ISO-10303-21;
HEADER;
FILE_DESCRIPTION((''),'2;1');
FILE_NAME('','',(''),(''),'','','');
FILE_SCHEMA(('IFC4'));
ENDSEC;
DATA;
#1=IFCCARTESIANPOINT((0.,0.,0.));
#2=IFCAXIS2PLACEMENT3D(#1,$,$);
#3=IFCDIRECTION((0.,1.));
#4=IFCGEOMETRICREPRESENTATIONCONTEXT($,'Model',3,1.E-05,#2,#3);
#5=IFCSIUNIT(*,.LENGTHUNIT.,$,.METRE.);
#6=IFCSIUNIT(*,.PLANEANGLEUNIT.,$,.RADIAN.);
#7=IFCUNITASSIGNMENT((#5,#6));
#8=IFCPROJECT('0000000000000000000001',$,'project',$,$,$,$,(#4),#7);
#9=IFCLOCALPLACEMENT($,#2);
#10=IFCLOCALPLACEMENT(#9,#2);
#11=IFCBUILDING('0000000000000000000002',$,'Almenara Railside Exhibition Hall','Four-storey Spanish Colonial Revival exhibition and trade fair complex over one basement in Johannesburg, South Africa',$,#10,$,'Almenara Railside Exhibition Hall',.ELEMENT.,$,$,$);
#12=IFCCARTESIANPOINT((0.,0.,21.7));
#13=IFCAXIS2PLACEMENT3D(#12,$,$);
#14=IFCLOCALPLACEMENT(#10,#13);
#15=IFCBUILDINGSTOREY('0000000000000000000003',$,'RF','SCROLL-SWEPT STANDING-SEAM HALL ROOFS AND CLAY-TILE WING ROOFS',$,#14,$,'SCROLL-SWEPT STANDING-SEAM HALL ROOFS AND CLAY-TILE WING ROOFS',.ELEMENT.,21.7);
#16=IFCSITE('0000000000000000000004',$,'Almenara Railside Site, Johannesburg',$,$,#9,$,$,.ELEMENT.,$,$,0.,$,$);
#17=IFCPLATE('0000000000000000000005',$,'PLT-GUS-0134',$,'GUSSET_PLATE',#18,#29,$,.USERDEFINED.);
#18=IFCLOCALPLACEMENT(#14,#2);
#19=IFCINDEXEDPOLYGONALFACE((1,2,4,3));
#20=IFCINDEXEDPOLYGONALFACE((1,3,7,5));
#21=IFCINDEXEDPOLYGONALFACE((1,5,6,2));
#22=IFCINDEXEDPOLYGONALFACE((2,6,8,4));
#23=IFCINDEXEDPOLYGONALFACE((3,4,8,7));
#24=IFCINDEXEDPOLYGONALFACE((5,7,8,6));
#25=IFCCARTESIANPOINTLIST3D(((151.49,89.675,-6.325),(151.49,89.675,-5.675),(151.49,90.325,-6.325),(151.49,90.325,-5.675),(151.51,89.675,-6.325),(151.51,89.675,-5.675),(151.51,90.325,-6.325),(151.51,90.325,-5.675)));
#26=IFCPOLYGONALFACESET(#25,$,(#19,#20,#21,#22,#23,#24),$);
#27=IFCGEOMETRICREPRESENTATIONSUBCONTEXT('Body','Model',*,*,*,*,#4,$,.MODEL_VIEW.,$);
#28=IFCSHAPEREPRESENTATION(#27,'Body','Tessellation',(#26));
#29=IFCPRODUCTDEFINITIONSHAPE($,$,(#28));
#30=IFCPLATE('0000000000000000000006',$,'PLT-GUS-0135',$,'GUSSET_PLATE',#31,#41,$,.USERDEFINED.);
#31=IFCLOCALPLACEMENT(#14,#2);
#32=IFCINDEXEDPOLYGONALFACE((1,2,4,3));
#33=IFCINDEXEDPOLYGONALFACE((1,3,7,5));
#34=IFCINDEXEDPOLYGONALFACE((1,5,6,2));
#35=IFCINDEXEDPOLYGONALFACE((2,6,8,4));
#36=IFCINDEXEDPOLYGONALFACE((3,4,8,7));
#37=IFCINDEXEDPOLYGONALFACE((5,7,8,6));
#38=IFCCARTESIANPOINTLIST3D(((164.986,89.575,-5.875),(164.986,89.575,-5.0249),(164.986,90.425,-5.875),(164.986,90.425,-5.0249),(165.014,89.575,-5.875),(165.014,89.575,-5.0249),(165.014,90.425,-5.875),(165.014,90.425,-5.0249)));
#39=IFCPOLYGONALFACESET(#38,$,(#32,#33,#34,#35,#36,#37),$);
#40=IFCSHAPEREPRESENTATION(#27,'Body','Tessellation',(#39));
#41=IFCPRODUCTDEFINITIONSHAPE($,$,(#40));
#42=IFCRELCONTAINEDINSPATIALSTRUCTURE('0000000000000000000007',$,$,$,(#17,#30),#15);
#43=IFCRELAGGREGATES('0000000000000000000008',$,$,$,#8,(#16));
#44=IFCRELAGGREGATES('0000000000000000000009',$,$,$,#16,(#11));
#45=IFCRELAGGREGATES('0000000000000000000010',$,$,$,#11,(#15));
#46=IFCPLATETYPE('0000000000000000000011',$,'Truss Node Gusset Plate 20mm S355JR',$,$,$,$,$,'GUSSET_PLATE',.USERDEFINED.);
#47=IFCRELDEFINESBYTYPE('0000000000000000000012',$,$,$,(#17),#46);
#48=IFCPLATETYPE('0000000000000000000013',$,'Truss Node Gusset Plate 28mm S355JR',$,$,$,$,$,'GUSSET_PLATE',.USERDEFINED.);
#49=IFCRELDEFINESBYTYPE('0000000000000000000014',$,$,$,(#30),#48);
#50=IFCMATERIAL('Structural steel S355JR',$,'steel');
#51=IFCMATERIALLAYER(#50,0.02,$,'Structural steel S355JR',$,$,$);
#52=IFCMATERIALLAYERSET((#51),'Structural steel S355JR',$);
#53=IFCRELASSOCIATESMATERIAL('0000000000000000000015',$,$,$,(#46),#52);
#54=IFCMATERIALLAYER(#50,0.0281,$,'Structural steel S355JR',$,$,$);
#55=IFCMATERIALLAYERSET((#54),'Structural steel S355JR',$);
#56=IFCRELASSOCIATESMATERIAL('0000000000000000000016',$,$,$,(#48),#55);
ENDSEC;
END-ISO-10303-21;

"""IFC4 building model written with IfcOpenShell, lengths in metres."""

from ifc_helpers import new_model, si_unit, direction, frame, origin, origin_2d, place, context, subcontext, project, spatial, rectangle, extrude, material, layer, layer_set, type_object, element, save


model = new_model("IFC4")

# Units and contexts
model_context = context("Model", 3, precision=1e-05, world=origin(), true_north=direction((0.0, 1.0)))
body_context = subcontext(model_context, "Body", "Model", "MODEL_VIEW")
ifc_project = project(units=[si_unit("LENGTHUNIT", "METRE"), si_unit("PLANEANGLEUNIT", "RADIAN")], contexts=[model_context])

# Site, building, storey
site_placement = place(None, origin())
site = spatial("IfcSite", under=ifc_project, at=site_placement, Name="Almenara Railside Site, Johannesburg", CompositionType="ELEMENT", RefElevation=0.0)
building_placement = place(site_placement, origin())
building = spatial("IfcBuilding", under=site, at=building_placement, Name="Almenara Railside Exhibition Hall", Description="Four-storey Spanish Colonial Revival exhibition and trade fair complex over one basement in Johannesburg, South Africa", LongName="Almenara Railside Exhibition Hall", CompositionType="ELEMENT")
storey_placement = place(building_placement, frame((0.0, 0.0, 21.7)))
storey = spatial("IfcBuildingStorey", under=building, at=storey_placement, Name="RF", Description="SCROLL-SWEPT STANDING-SEAM HALL ROOFS AND CLAY-TILE WING ROOFS", LongName="SCROLL-SWEPT STANDING-SEAM HALL ROOFS AND CLAY-TILE WING ROOFS", CompositionType="ELEMENT", Elevation=21.7)

# Shared definitions
ifc_material_1 = material(Name="Structural steel S355JR", Category="steel")

# Plates
ifc_layer_1 = layer(ifc_material_1, 0.02, Name="Structural steel S355JR")
ifc_layer_set_1 = layer_set([ifc_layer_1], Name="Structural steel S355JR")
plate_type_1 = type_object("IfcPlateType", Name="Truss Node Gusset Plate 20mm S355JR", ElementType="GUSSET_PLATE", PredefinedType="USERDEFINED", material=ifc_layer_set_1)
plate_1_placement = place(storey_placement, frame((151.5, 90.0, -6.325), z_axis=(0.0, 0.0, 1.0), x_axis=(0.0, 1.0, 0.0)))
element("IfcPlate", 1, at=plate_1_placement, inside=storey, type_object=plate_type_1, Name="PLT-GUS-0134", ObjectType="GUSSET_PLATE", PredefinedType="USERDEFINED", context=body_context, shape_type="SweptSolid", body=[
    extrude(rectangle(XDim=0.6499, YDim=0.02, at=origin_2d()), origin(), (0.0, 0.0, 1.0), 0.6499),
])
ifc_layer_2 = layer(ifc_material_1, 0.0281, Name="Structural steel S355JR")
ifc_layer_set_2 = layer_set([ifc_layer_2], Name="Structural steel S355JR")
plate_type_2 = type_object("IfcPlateType", Name="Truss Node Gusset Plate 28mm S355JR", ElementType="GUSSET_PLATE", PredefinedType="USERDEFINED", material=ifc_layer_set_2)
plate_2_placement = place(storey_placement, frame((165.0, 90.0, -5.875), z_axis=(0.0, 0.0, 1.0), x_axis=(0.0, 1.0, 0.0)))
element("IfcPlate", 2, at=plate_2_placement, inside=storey, type_object=plate_type_2, Name="PLT-GUS-0135", ObjectType="GUSSET_PLATE", PredefinedType="USERDEFINED", context=body_context, shape_type="SweptSolid", body=[
    extrude(rectangle(XDim=0.8501, YDim=0.0281, at=origin_2d()), origin(), (0.0, 0.0, 1.0), 0.8501),
])

save(model, "model.ifc")
